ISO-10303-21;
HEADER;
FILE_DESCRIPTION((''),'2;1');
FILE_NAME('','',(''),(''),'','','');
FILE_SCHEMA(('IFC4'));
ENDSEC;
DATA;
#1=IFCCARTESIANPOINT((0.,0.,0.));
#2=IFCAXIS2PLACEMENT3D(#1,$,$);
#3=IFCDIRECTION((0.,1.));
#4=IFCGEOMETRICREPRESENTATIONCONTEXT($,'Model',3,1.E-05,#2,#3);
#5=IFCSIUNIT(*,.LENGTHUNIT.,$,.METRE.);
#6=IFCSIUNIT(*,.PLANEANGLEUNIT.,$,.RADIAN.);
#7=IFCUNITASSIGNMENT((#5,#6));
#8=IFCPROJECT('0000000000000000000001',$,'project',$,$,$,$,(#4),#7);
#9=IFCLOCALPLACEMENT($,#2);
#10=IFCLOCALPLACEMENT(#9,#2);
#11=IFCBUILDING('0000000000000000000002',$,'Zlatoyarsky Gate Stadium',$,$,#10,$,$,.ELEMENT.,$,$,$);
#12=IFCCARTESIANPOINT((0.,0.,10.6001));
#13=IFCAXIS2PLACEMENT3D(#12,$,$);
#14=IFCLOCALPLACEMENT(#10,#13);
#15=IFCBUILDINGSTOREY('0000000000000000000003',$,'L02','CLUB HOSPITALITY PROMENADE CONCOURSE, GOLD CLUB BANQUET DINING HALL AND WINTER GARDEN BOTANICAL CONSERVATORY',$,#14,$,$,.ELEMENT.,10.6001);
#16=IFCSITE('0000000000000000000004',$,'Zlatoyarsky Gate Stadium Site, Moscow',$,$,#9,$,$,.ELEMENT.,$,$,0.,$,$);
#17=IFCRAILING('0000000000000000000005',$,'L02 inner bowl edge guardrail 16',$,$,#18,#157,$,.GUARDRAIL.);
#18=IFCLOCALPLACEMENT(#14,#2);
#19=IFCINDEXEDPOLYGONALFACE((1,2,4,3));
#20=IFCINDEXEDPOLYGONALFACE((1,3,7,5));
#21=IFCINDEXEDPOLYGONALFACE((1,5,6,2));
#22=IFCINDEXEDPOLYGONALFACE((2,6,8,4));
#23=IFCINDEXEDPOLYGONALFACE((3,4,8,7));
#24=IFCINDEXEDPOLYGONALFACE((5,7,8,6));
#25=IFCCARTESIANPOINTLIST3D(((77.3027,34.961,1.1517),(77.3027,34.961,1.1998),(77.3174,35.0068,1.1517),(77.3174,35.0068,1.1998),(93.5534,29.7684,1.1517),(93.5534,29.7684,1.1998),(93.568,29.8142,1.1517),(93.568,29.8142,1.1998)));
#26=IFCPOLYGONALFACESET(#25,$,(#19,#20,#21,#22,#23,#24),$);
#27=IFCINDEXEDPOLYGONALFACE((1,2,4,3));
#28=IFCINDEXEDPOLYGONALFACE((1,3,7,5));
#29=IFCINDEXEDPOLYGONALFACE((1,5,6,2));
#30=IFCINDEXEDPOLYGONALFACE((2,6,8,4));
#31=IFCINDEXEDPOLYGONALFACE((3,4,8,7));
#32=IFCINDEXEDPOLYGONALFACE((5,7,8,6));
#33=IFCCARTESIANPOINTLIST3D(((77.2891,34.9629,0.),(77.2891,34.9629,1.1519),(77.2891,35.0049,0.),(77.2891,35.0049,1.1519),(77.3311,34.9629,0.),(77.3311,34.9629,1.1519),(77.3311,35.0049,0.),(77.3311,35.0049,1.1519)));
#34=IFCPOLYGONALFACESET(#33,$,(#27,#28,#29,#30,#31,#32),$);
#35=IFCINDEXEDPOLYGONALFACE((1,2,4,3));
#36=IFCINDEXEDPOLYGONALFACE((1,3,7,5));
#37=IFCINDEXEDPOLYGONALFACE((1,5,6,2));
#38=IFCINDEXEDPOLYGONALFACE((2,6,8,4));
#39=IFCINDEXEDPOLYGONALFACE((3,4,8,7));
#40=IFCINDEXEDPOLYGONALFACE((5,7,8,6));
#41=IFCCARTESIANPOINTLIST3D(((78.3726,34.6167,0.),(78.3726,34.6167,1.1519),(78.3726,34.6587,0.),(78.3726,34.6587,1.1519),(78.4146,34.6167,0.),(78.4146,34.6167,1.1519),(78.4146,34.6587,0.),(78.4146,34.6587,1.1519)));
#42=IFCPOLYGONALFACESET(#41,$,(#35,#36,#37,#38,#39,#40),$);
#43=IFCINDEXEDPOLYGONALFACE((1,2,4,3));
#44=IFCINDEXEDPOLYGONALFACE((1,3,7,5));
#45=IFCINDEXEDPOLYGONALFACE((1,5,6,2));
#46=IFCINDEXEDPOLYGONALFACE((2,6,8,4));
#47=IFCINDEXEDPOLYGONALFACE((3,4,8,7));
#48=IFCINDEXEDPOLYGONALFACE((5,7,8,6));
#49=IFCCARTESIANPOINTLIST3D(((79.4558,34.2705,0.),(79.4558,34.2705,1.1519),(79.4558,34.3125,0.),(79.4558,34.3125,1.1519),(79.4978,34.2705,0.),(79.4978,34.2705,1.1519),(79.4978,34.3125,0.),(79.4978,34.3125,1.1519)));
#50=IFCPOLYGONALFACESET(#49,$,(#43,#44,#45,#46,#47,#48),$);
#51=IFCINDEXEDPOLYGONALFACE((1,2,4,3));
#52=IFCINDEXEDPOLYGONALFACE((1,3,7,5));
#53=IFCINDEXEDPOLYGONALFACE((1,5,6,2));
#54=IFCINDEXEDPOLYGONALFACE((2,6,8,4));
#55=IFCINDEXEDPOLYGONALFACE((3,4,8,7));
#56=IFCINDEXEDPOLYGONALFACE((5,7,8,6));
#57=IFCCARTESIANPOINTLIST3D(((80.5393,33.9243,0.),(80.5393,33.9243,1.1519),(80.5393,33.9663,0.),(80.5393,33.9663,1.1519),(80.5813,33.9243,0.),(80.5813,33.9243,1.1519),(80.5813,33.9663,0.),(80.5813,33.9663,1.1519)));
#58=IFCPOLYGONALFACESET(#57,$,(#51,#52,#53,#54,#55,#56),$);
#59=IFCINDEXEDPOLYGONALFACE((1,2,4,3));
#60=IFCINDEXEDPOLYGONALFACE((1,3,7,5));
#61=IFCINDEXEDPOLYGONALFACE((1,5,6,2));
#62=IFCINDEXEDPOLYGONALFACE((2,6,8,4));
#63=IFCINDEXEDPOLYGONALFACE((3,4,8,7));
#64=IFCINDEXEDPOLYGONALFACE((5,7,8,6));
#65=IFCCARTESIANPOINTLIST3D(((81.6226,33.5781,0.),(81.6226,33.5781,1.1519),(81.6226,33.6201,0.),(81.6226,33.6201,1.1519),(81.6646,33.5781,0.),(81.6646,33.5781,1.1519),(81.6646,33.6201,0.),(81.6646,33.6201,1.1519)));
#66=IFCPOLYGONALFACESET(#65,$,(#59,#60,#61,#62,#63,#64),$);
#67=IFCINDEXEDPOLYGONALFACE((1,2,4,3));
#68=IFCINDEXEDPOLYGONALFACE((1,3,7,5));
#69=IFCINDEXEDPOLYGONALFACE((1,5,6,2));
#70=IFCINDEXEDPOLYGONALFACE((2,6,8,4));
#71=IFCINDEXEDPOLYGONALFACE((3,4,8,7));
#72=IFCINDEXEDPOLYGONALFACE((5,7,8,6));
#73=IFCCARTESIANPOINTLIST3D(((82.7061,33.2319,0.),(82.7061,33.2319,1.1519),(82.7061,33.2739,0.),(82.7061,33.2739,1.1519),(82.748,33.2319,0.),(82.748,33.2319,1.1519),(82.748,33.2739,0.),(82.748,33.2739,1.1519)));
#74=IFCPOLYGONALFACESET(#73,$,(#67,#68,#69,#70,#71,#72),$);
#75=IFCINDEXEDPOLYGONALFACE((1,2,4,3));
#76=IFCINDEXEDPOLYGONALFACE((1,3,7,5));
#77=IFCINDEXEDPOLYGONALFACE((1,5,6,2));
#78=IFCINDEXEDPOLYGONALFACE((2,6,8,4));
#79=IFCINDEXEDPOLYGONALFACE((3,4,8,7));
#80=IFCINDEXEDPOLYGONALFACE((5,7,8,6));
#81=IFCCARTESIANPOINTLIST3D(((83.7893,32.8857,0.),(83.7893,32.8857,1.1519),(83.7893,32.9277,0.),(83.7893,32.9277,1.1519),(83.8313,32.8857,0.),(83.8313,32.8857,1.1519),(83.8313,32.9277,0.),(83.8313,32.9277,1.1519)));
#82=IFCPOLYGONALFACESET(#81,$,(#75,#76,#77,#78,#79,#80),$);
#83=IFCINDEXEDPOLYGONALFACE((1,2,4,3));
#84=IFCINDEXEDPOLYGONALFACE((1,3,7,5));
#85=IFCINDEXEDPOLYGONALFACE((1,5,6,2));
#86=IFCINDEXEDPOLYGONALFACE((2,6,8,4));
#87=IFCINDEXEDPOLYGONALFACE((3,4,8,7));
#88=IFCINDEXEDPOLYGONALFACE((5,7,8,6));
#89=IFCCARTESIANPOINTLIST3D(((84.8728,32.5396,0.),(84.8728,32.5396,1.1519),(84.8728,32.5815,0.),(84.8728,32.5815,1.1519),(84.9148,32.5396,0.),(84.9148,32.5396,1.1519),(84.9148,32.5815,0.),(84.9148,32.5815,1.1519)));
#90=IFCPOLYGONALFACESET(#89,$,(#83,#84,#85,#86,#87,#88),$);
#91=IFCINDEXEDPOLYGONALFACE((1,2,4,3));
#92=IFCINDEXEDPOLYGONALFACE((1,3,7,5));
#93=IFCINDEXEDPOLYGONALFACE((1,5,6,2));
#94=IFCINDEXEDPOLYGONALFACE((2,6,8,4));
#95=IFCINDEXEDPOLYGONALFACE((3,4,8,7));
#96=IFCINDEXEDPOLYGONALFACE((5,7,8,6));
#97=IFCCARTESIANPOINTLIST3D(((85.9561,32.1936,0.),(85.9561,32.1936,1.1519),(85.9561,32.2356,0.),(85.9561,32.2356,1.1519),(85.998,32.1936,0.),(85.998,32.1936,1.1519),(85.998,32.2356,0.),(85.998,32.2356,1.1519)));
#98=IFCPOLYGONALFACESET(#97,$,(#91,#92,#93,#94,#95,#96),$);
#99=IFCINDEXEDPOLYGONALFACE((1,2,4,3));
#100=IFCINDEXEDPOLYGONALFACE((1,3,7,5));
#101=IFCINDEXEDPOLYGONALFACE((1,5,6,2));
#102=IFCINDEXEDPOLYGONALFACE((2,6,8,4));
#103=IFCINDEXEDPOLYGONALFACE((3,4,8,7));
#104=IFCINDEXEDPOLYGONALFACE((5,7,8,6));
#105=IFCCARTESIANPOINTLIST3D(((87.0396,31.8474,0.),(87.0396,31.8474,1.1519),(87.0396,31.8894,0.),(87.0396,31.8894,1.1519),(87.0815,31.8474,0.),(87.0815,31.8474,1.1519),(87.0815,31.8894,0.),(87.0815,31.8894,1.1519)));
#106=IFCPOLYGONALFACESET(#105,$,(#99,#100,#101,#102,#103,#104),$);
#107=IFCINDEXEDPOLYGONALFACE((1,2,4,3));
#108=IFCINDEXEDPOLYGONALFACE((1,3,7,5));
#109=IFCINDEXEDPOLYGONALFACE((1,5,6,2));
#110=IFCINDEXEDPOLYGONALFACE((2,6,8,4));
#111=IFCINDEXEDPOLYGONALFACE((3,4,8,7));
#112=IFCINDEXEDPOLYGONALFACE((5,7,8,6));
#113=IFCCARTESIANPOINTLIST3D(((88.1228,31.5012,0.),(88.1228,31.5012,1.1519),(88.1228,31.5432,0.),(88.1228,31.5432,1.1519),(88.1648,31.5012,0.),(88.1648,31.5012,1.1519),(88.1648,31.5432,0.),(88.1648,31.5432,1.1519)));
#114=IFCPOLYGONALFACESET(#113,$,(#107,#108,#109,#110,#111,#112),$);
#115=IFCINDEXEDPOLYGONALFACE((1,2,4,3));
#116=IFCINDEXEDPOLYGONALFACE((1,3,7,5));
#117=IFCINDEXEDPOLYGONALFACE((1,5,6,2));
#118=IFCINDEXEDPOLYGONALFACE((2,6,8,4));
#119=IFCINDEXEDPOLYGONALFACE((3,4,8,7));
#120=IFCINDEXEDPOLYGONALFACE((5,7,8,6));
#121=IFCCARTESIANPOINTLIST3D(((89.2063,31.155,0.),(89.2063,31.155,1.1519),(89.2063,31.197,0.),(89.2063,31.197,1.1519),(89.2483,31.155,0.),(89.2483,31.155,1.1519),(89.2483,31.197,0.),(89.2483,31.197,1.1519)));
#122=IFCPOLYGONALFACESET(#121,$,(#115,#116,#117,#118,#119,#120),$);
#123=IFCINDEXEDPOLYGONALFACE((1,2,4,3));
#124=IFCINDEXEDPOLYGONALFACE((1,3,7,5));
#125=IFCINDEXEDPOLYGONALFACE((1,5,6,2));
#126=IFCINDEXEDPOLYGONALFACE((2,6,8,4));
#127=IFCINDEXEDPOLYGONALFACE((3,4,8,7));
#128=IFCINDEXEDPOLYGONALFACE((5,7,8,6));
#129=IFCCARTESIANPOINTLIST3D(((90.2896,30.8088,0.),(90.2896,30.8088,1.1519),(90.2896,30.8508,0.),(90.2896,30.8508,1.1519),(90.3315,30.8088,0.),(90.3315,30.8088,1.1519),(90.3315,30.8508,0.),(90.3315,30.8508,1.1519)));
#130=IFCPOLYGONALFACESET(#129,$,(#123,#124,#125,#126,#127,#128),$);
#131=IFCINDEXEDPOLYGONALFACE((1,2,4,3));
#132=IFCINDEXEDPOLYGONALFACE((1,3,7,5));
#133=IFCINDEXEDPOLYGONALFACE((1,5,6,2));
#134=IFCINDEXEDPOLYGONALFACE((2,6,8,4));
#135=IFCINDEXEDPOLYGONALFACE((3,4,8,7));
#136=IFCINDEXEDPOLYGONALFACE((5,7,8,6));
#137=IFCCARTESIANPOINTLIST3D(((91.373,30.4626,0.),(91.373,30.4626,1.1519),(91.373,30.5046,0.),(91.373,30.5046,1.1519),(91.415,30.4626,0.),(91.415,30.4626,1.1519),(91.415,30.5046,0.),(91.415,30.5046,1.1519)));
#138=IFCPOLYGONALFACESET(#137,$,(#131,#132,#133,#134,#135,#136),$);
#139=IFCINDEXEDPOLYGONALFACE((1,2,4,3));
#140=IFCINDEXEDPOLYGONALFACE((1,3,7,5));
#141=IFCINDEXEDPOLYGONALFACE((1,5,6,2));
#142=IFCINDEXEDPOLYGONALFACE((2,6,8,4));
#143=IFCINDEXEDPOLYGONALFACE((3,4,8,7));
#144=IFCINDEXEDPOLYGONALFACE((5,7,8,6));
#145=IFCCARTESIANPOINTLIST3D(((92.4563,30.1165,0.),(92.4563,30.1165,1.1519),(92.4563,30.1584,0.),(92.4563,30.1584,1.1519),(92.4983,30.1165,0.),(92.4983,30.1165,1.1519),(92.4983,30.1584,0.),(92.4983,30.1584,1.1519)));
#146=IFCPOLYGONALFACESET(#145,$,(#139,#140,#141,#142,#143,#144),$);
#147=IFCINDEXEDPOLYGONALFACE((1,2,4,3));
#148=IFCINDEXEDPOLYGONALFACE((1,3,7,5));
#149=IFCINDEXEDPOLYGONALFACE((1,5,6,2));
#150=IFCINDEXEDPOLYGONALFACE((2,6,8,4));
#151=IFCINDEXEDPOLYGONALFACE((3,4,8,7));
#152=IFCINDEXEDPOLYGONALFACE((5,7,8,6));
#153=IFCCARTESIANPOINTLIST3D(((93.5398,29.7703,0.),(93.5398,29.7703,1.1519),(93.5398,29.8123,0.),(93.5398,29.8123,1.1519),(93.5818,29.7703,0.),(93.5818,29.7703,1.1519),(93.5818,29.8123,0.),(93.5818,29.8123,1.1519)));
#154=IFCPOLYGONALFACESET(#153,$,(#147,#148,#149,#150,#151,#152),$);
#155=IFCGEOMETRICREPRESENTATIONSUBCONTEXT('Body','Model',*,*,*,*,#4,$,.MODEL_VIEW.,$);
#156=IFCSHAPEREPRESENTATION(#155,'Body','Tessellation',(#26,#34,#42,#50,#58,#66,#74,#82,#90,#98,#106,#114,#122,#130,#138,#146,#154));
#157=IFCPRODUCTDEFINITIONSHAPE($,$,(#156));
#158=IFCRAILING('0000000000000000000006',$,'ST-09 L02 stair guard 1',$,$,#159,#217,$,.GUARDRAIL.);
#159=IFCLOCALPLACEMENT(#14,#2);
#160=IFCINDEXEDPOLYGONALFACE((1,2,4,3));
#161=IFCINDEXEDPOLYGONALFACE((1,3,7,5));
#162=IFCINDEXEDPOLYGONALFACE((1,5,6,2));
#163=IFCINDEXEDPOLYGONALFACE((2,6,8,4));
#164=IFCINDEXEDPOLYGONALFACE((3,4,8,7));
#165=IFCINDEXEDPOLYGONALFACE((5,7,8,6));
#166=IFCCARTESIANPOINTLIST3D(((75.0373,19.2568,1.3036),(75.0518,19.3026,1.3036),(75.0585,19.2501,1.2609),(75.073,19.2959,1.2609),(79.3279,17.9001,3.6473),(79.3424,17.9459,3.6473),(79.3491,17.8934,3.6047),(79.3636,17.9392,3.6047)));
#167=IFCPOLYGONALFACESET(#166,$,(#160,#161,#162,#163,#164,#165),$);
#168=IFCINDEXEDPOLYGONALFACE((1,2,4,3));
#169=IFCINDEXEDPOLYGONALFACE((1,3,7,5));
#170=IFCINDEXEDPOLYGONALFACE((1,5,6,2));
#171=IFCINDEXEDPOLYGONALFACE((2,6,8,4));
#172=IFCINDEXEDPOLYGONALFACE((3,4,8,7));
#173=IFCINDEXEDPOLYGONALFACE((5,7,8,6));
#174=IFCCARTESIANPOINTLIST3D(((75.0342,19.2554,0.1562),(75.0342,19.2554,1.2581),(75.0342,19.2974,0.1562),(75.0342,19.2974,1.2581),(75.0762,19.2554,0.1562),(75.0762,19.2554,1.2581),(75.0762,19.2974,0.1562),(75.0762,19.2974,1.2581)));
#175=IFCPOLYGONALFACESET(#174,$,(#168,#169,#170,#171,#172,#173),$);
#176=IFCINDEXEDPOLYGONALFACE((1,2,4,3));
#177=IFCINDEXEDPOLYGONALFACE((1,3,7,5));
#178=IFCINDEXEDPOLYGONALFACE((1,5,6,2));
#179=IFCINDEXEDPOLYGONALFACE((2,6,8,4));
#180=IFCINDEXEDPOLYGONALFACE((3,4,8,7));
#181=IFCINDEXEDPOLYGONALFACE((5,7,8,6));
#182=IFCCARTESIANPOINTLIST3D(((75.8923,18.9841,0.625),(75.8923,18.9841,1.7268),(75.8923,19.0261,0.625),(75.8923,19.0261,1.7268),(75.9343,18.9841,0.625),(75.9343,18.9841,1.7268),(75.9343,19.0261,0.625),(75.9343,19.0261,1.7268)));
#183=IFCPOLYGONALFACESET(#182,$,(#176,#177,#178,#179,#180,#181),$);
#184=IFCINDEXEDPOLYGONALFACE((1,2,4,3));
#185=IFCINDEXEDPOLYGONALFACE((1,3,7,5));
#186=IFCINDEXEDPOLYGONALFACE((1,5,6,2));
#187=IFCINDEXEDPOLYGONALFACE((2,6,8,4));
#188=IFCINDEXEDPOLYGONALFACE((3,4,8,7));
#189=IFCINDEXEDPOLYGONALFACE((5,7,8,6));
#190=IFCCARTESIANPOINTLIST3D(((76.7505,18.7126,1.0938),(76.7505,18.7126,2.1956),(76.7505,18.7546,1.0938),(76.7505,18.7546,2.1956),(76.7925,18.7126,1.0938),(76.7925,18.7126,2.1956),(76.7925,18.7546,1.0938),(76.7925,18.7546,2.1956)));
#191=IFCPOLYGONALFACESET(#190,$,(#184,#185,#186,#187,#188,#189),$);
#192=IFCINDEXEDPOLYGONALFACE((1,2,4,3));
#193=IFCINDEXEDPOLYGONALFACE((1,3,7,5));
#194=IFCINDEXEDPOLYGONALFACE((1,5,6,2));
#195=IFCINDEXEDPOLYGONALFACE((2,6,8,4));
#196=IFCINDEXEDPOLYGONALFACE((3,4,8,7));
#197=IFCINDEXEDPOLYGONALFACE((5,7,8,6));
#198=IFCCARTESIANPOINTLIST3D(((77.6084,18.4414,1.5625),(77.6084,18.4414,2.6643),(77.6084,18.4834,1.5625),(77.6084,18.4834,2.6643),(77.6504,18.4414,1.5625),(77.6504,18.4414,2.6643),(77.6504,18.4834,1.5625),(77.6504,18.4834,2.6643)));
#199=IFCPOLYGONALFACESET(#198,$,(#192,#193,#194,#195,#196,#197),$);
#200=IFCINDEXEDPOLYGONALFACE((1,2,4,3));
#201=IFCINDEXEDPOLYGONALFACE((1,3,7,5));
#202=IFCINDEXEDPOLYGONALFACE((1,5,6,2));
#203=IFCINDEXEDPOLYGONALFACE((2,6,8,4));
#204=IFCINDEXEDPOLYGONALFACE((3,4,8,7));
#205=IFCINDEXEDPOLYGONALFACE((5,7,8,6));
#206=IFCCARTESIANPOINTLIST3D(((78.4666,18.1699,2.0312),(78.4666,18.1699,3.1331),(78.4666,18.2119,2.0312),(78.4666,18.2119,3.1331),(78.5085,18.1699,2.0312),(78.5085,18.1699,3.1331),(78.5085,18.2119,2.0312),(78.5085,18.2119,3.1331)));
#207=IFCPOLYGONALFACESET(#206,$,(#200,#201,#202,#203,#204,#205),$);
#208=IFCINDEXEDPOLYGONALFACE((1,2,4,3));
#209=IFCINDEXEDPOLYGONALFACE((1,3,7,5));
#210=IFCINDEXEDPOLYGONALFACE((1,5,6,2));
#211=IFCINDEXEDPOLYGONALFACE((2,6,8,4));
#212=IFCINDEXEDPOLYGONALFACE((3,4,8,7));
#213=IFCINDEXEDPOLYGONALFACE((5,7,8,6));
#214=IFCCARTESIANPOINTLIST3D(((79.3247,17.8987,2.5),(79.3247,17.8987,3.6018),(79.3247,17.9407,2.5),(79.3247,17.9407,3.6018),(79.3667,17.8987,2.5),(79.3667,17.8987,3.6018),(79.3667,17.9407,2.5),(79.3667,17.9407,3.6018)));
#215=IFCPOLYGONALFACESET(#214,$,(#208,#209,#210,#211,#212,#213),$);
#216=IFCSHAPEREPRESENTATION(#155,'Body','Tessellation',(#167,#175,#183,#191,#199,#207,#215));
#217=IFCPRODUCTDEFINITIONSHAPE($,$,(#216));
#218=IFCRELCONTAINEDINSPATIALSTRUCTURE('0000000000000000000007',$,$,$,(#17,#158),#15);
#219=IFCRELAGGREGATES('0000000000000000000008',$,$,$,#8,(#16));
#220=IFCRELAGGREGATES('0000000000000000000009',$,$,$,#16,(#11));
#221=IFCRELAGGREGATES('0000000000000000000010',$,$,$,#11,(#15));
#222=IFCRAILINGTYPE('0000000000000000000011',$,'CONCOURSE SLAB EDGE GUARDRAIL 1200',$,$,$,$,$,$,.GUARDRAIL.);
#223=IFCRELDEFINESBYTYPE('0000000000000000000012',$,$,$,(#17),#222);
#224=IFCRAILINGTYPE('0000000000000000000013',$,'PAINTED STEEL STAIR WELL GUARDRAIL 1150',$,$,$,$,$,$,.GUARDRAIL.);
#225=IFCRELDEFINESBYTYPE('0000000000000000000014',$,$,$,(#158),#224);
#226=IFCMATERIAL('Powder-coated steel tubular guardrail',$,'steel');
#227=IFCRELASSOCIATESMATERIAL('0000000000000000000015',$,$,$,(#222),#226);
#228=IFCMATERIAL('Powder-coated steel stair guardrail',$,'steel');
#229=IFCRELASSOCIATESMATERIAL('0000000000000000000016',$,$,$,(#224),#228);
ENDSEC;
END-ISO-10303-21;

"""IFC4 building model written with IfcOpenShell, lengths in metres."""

from ifc_helpers import new_model, si_unit, direction, frame, origin, origin_2d, place, context, subcontext, project, spatial, rectangle, extrude, material, type_object, element, save


model = new_model("IFC4")

# Units and contexts
model_context = context("Model", 3, precision=1e-05, world=origin(), true_north=direction((0.0, 1.0)))
body_context = subcontext(model_context, "Body", "Model", "MODEL_VIEW")
ifc_project = project(units=[si_unit("LENGTHUNIT", "METRE"), si_unit("PLANEANGLEUNIT", "RADIAN")], contexts=[model_context])

# Site, building, storey
site_placement = place(None, origin())
site = spatial("IfcSite", under=ifc_project, at=site_placement, Name="Zlatoyarsky Gate Stadium Site, Moscow", CompositionType="ELEMENT", RefElevation=0.0)
building_placement = place(site_placement, origin())
building = spatial("IfcBuilding", under=site, at=building_placement, Name="Zlatoyarsky Gate Stadium", CompositionType="ELEMENT")
storey_placement = place(building_placement, frame((0.0, 0.0, 10.6001)))
storey = spatial("IfcBuildingStorey", under=building, at=storey_placement, Name="L02", Description="CLUB HOSPITALITY PROMENADE CONCOURSE, GOLD CLUB BANQUET DINING HALL AND WINTER GARDEN BOTANICAL CONSERVATORY", CompositionType="ELEMENT", Elevation=10.6001)

# Railings
ifc_material_1 = material(Name="Powder-coated steel tubular guardrail", Category="steel")
railing_type_1 = type_object("IfcRailingType", Name="CONCOURSE SLAB EDGE GUARDRAIL 1200", PredefinedType="GUARDRAIL", material=ifc_material_1)
railing_1_placement = place(storey_placement, frame((77.3101, 34.9839, 0.0)))
element("IfcRailing", 1, at=railing_1_placement, inside=storey, type_object=railing_type_1, Name="L02 inner bowl edge guardrail 16", PredefinedType="GUARDRAIL", context=body_context, shape_type="SweptSolid", body=[
    extrude(rectangle(XDim=0.0481, YDim=0.0481, at=origin_2d()), frame((0.0, 0.0, 1.1758), z_axis=(0.952554, -0.304371, 0.0), x_axis=(0.304371, 0.952554, 0.0)), (0.0, 0.0, 1.0), 17.0601),
    extrude(rectangle(XDim=0.042, YDim=0.042, at=origin_2d()), origin(), (0.0, 0.0, 1.0), 1.1519),
    extrude(rectangle(XDim=0.042, YDim=0.042, at=origin_2d()), frame((1.0835, -0.3462, 0.0)), (0.0, 0.0, 1.0), 1.1519),
    extrude(rectangle(XDim=0.042, YDim=0.042, at=origin_2d()), frame((2.1667, -0.6924, 0.0)), (0.0, 0.0, 1.0), 1.1519),
    extrude(rectangle(XDim=0.042, YDim=0.042, at=origin_2d()), frame((3.2502, -1.0386, 0.0)), (0.0, 0.0, 1.0), 1.1519),
    extrude(rectangle(XDim=0.042, YDim=0.042, at=origin_2d()), frame((4.3335, -1.3848, 0.0)), (0.0, 0.0, 1.0), 1.1519),
    extrude(rectangle(XDim=0.042, YDim=0.042, at=origin_2d()), frame((5.417, -1.731, 0.0)), (0.0, 0.0, 1.0), 1.1519),
    extrude(rectangle(XDim=0.042, YDim=0.042, at=origin_2d()), frame((6.5002, -2.0771, 0.0)), (0.0, 0.0, 1.0), 1.1519),
    extrude(rectangle(XDim=0.042, YDim=0.042, at=origin_2d()), frame((7.5837, -2.4233, 0.0)), (0.0, 0.0, 1.0), 1.1519),
    extrude(rectangle(XDim=0.042, YDim=0.042, at=origin_2d()), frame((8.667, -2.7693, 0.0)), (0.0, 0.0, 1.0), 1.1519),
    extrude(rectangle(XDim=0.042, YDim=0.042, at=origin_2d()), frame((9.7505, -3.1155, 0.0)), (0.0, 0.0, 1.0), 1.1519),
    extrude(rectangle(XDim=0.042, YDim=0.042, at=origin_2d()), frame((10.8337, -3.4617, 0.0)), (0.0, 0.0, 1.0), 1.1519),
    extrude(rectangle(XDim=0.042, YDim=0.042, at=origin_2d()), frame((11.9172, -3.8079, 0.0)), (0.0, 0.0, 1.0), 1.1519),
    extrude(rectangle(XDim=0.042, YDim=0.042, at=origin_2d()), frame((13.0005, -4.1541, 0.0)), (0.0, 0.0, 1.0), 1.1519),
    extrude(rectangle(XDim=0.042, YDim=0.042, at=origin_2d()), frame((14.084, -4.5002, 0.0)), (0.0, 0.0, 1.0), 1.1519),
    extrude(rectangle(XDim=0.042, YDim=0.042, at=origin_2d()), frame((15.1672, -4.8464, 0.0)), (0.0, 0.0, 1.0), 1.1519),
    extrude(rectangle(XDim=0.042, YDim=0.042, at=origin_2d()), frame((16.2507, -5.1926, 0.0)), (0.0, 0.0, 1.0), 1.1519),
])
ifc_material_2 = material(Name="Powder-coated steel stair guardrail", Category="steel")
railing_type_2 = type_object("IfcRailingType", Name="PAINTED STEEL STAIR WELL GUARDRAIL 1150", PredefinedType="GUARDRAIL", material=ifc_material_2)
railing_2_placement = place(storey_placement, frame((75.0552, 19.2764, 0.1562)))
element("IfcRailing", 2, at=railing_2_placement, inside=storey, type_object=railing_type_2, Name="ST-09 L02 stair guard 1", PredefinedType="GUARDRAIL", context=body_context, shape_type="SweptSolid", body=[
    extrude(rectangle(XDim=0.0481, YDim=0.0481, at=origin_2d()), frame((0.0, 0.0, 1.126), z_axis=(0.845641, -0.267397, 0.461941), x_axis=(0.301492, 0.953469, 0.0)), (0.0, 0.0, 1.0), 5.0737),
    extrude(rectangle(XDim=0.042, YDim=0.042, at=origin_2d()), origin(), (0.0, 0.0, 1.0), 1.1018),
    extrude(rectangle(XDim=0.042, YDim=0.042, at=origin_2d()), frame((0.8582, -0.2712, 0.4688)), (0.0, 0.0, 1.0), 1.1018),
    extrude(rectangle(XDim=0.042, YDim=0.042, at=origin_2d()), frame((1.7163, -0.5427, 0.9375)), (0.0, 0.0, 1.0), 1.1018),
    extrude(rectangle(XDim=0.042, YDim=0.042, at=origin_2d()), frame((2.5742, -0.814, 1.4062)), (0.0, 0.0, 1.0), 1.1018),
    extrude(rectangle(XDim=0.042, YDim=0.042, at=origin_2d()), frame((3.4324, -1.0854, 1.875)), (0.0, 0.0, 1.0), 1.1018),
    extrude(rectangle(XDim=0.042, YDim=0.042, at=origin_2d()), frame((4.2905, -1.3567, 2.3438)), (0.0, 0.0, 1.0), 1.1018),
])

save(model, "model.ifc")
